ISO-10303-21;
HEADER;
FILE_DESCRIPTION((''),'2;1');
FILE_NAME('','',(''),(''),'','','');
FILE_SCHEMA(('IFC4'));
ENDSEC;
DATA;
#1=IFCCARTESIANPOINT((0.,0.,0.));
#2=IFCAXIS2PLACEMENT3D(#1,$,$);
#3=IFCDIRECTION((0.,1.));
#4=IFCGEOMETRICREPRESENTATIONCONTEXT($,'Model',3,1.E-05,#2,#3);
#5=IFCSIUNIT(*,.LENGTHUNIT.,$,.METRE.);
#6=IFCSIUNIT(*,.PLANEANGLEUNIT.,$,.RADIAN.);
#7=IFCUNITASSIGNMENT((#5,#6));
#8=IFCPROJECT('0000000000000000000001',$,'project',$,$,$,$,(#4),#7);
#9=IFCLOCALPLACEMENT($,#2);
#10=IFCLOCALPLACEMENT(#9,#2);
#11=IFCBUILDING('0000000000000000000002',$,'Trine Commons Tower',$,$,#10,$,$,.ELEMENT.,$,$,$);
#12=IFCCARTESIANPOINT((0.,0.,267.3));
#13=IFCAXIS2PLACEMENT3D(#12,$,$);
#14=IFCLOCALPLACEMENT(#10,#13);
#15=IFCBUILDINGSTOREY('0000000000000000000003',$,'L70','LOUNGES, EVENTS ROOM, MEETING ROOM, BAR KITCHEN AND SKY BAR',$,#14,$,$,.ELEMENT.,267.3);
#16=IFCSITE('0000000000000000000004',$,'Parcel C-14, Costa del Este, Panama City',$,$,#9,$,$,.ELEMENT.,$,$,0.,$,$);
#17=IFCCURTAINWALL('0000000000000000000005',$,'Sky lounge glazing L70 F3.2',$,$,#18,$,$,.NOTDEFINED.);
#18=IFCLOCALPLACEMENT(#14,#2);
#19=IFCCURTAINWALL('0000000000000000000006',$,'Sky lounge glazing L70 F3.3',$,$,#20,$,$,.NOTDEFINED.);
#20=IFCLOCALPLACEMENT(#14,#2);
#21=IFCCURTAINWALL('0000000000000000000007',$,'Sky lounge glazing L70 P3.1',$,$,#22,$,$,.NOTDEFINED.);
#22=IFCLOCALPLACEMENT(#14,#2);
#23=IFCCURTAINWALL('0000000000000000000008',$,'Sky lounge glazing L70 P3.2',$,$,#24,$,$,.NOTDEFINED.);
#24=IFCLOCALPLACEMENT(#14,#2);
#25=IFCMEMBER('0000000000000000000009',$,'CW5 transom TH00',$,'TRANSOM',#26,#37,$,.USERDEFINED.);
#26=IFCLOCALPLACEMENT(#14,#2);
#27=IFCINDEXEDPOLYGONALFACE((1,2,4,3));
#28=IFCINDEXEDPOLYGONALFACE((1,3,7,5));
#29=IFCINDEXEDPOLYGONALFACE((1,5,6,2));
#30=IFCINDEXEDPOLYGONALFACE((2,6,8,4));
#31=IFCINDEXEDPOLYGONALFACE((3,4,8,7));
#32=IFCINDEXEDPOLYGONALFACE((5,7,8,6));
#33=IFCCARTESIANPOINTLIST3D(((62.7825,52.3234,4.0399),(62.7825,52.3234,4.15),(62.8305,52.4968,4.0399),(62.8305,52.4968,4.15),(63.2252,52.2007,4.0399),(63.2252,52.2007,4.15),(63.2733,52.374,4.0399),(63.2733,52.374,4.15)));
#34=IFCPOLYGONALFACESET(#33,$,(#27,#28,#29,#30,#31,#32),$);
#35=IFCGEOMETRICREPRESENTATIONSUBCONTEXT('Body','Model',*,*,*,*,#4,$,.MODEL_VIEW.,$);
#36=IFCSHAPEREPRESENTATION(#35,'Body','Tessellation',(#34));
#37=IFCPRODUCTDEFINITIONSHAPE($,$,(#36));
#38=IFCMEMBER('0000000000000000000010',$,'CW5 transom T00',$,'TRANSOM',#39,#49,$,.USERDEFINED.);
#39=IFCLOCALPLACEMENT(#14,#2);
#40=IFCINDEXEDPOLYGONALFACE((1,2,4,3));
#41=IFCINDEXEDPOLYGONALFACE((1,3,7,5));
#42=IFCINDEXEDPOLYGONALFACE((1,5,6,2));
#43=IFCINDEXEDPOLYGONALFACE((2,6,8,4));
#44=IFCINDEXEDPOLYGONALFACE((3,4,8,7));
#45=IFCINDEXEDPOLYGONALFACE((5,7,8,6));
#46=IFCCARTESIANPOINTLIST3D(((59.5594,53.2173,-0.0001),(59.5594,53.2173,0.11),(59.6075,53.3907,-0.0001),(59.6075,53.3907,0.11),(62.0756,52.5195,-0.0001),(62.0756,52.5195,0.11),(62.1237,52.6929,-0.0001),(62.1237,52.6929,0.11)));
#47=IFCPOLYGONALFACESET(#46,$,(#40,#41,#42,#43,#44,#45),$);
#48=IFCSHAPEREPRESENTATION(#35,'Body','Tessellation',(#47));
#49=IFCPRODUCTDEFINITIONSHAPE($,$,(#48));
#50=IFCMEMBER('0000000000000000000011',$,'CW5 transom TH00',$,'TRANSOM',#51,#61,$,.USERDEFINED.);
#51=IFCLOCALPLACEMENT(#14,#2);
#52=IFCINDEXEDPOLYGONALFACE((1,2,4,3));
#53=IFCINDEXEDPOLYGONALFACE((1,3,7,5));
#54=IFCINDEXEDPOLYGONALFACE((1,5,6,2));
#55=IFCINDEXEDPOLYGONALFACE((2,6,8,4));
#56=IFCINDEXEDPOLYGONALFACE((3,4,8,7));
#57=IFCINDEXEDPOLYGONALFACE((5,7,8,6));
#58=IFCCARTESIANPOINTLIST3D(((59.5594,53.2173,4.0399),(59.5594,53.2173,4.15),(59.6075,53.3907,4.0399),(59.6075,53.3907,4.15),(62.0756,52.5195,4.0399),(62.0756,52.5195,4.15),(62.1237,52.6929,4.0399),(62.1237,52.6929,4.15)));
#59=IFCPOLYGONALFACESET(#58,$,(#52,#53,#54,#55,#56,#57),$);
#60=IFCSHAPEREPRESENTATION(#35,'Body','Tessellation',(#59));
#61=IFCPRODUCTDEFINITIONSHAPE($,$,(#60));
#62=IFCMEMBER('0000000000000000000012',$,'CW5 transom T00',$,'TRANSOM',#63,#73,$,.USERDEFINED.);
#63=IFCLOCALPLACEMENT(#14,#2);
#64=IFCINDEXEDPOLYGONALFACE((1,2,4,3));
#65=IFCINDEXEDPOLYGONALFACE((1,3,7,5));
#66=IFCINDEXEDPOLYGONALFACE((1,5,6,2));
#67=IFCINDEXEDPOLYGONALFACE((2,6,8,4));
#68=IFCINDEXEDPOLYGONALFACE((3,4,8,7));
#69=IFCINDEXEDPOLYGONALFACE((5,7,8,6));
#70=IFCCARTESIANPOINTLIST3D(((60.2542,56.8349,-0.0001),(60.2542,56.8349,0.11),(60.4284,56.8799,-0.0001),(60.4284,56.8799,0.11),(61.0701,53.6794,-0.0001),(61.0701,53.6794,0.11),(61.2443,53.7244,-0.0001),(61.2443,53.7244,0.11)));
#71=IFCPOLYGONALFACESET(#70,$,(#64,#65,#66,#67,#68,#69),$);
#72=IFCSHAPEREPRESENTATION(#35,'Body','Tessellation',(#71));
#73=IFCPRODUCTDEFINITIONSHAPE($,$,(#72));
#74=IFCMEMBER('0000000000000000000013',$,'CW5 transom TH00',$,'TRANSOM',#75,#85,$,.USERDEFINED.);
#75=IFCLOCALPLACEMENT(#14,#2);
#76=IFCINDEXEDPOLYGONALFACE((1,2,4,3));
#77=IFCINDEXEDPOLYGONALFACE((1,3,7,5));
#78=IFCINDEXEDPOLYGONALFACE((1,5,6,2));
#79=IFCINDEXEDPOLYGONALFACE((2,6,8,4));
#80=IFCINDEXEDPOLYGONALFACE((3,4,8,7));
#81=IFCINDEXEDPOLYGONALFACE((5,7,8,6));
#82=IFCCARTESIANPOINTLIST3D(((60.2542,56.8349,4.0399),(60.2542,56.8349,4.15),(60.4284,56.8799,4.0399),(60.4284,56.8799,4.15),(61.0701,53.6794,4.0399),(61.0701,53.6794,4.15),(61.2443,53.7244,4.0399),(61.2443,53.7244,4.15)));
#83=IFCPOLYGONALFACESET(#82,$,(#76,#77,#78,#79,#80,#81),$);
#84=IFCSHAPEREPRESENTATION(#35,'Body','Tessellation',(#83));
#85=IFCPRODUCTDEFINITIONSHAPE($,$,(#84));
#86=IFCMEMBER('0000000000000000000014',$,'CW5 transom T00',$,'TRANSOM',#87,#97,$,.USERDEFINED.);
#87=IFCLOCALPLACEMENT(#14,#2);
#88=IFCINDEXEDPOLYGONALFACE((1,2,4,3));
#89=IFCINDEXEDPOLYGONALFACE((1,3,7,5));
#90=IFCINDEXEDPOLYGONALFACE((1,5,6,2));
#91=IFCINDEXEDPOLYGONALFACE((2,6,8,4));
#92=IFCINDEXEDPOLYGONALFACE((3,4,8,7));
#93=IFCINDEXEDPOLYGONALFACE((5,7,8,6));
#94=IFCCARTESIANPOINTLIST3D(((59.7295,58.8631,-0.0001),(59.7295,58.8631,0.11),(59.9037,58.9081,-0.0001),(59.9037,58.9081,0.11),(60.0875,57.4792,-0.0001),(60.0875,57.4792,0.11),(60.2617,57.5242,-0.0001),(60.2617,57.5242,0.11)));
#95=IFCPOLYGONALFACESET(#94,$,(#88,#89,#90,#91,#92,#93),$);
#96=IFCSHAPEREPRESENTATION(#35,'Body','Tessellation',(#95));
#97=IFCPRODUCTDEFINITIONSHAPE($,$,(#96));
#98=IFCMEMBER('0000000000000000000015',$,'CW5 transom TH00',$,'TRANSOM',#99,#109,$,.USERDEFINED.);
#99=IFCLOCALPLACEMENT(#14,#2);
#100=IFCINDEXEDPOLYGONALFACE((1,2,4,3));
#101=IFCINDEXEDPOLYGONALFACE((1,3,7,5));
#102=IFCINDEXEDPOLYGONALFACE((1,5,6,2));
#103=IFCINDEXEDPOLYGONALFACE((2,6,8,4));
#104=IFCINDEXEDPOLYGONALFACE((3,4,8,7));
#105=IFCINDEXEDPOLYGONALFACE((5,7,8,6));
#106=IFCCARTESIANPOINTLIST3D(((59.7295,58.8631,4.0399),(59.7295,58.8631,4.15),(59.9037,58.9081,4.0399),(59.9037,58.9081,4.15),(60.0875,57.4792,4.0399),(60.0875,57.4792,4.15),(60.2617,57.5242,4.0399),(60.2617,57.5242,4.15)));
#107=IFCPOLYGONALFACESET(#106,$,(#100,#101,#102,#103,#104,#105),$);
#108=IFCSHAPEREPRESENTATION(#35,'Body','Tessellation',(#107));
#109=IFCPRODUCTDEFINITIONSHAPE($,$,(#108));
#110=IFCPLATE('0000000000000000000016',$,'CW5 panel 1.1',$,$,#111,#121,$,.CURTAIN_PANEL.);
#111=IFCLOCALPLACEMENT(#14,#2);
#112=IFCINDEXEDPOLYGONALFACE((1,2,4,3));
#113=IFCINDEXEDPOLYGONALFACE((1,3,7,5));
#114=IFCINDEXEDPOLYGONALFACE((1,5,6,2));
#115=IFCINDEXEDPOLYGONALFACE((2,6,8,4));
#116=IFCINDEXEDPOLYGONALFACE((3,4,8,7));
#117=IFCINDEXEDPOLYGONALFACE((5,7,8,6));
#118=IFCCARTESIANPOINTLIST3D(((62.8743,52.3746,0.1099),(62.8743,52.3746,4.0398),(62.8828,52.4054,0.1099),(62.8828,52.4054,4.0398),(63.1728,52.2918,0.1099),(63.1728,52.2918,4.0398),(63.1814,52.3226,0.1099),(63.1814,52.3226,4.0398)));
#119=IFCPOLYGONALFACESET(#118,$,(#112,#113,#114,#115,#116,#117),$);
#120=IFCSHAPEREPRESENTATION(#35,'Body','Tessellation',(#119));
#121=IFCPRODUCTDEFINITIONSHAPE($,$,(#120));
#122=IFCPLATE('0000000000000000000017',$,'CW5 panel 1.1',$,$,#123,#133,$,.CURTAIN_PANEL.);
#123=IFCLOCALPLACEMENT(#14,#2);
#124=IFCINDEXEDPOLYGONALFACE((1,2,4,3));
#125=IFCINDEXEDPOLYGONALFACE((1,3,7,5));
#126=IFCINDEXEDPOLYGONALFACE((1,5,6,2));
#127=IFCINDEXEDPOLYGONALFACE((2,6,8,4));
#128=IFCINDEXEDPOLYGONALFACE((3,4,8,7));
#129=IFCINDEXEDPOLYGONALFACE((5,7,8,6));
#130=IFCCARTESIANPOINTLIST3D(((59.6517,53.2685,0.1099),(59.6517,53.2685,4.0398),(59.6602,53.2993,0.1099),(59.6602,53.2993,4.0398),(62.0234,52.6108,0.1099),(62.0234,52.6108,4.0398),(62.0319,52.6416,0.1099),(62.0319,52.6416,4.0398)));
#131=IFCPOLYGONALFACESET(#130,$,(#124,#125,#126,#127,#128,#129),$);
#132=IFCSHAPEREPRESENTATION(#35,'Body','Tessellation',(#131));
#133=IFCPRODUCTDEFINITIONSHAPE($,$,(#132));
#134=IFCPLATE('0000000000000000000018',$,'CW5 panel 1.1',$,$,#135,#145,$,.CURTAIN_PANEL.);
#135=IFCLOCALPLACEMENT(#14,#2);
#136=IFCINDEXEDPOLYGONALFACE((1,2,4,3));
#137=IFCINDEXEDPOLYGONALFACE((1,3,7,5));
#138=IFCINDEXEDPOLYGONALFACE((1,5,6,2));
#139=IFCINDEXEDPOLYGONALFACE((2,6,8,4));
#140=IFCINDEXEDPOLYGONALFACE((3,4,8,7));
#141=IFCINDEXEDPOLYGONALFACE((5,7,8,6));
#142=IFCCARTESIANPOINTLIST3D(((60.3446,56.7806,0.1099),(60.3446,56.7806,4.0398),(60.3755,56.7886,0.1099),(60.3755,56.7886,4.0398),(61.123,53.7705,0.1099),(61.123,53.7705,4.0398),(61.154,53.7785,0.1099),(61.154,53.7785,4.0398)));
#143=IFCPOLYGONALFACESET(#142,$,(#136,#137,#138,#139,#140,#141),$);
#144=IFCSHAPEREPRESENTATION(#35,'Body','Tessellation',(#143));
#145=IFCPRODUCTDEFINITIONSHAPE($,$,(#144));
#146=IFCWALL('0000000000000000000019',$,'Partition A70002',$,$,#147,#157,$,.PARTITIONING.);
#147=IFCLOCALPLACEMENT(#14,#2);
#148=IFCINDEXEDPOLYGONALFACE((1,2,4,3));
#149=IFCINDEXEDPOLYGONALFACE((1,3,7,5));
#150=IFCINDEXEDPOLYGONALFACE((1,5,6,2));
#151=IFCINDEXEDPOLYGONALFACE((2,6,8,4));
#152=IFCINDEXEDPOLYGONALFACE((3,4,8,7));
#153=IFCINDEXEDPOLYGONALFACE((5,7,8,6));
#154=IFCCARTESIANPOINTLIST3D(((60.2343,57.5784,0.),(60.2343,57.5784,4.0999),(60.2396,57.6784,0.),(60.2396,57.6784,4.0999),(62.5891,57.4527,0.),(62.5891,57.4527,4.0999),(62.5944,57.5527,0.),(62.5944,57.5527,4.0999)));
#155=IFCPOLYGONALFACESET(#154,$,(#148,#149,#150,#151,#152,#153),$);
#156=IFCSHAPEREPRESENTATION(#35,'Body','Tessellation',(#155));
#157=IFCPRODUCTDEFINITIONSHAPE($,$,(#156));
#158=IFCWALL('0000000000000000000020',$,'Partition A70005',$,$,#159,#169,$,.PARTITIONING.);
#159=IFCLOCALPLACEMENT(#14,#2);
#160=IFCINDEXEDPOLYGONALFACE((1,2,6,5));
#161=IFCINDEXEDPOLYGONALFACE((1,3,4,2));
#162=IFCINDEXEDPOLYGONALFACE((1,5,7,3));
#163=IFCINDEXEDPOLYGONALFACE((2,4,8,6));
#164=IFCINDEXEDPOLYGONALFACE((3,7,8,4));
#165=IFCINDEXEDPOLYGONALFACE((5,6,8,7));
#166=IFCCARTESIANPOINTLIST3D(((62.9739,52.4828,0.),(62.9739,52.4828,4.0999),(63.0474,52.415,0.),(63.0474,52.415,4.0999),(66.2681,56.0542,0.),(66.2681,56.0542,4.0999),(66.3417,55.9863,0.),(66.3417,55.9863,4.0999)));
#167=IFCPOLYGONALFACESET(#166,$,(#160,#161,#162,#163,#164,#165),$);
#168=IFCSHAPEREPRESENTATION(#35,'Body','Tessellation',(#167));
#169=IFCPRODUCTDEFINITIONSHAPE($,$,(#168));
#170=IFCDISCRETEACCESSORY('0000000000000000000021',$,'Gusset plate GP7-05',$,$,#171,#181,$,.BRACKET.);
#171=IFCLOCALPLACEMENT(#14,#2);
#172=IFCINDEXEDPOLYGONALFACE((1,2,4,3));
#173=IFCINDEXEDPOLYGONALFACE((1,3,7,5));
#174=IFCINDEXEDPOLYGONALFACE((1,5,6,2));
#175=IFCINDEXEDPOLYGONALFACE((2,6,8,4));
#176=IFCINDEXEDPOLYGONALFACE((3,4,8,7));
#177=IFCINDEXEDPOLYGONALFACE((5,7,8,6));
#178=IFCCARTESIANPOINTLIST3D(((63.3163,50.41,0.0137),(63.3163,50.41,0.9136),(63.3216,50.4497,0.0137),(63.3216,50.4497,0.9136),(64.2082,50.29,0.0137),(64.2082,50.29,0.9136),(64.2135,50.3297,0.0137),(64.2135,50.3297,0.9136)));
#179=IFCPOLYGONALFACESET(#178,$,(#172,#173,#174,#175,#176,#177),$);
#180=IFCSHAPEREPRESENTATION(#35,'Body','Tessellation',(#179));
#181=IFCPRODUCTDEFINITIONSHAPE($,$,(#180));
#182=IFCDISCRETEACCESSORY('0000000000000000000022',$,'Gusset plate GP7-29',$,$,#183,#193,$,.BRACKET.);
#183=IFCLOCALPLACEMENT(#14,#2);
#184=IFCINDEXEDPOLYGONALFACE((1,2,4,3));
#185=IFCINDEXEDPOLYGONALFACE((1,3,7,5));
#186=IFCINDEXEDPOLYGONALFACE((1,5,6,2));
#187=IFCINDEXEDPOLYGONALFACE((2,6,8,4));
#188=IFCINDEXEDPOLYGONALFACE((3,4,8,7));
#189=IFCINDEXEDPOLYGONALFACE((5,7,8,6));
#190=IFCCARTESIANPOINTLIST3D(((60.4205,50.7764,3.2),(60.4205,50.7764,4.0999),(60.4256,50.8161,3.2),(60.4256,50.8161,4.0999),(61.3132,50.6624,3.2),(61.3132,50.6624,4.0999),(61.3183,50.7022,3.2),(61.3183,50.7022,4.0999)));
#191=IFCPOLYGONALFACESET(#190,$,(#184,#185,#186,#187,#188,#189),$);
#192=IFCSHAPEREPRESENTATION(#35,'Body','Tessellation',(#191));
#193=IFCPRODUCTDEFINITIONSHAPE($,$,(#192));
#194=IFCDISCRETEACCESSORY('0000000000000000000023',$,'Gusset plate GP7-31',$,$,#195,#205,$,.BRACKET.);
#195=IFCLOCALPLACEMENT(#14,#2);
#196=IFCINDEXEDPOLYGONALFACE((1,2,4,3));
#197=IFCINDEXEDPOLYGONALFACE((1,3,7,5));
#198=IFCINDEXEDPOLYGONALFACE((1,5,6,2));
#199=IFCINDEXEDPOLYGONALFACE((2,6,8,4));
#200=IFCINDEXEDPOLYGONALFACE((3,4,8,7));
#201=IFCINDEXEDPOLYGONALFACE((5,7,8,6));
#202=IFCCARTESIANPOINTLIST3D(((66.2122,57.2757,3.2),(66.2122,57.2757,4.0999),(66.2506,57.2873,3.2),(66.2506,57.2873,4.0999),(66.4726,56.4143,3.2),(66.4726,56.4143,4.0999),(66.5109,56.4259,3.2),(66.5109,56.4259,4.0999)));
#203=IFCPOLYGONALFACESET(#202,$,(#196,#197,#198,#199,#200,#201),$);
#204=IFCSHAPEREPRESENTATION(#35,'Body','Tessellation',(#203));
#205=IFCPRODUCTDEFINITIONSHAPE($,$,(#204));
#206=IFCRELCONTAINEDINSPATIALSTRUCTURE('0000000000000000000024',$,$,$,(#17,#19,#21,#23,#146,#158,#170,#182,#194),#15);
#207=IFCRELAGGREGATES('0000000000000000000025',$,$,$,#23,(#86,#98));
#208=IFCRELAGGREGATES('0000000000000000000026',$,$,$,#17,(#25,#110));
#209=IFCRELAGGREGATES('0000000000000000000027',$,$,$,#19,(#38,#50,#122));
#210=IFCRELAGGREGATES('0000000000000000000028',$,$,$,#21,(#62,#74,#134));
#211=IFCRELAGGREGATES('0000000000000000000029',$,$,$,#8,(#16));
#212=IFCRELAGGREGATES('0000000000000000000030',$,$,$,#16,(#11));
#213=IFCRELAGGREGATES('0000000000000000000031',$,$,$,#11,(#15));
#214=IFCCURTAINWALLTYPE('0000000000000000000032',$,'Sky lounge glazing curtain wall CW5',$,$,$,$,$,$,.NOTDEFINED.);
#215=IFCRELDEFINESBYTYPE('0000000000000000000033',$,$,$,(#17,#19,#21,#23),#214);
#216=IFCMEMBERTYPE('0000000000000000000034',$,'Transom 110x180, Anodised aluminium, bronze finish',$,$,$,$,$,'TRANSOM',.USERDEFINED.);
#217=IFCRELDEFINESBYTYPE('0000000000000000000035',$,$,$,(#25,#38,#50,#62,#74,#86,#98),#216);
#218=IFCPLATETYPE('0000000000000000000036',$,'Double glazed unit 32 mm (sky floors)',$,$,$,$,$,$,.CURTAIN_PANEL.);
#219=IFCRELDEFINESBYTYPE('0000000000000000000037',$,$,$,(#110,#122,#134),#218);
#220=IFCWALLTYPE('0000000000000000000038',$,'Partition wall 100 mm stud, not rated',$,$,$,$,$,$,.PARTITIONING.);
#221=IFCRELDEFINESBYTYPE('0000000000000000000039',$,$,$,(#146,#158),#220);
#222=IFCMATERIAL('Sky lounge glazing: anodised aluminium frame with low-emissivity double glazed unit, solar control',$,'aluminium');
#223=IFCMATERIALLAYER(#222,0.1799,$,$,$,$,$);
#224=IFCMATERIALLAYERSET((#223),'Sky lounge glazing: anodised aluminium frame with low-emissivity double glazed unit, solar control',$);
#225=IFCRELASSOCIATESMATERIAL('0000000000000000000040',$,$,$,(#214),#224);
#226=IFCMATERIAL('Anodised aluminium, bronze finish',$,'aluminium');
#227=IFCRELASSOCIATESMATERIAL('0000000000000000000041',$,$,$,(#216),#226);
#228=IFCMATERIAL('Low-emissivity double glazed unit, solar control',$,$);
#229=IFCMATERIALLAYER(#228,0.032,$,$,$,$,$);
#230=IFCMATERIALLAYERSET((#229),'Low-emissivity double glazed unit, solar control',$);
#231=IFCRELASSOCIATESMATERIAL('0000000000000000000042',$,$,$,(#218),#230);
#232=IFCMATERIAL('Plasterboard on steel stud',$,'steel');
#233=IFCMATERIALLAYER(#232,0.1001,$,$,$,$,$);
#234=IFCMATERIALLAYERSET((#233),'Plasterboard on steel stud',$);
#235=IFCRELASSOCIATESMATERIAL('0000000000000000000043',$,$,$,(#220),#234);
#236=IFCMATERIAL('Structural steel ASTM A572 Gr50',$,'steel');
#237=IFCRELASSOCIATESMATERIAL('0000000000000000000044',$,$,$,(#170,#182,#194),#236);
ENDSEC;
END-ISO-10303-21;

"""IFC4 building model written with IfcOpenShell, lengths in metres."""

from ifc_helpers import new_model, si_unit, direction, frame, frame_2d, origin, origin_2d, place, context, subcontext, project, spatial, rectangle, extrude, material, layer, layer_set, material_profile, profile_set, type_object, element, aggregate, save


model = new_model("IFC4")

# Units and contexts
model_context = context("Model", 3, precision=1e-05, world=origin(), true_north=direction((0.0, 1.0)))
body_context = subcontext(model_context, "Body", "Model", "MODEL_VIEW")
ifc_project = project(units=[si_unit("LENGTHUNIT", "METRE"), si_unit("PLANEANGLEUNIT", "RADIAN")], contexts=[model_context])

# Site, building, storey
site_placement = place(None, origin())
site = spatial("IfcSite", under=ifc_project, at=site_placement, Name="Parcel C-14, Costa del Este, Panama City", CompositionType="ELEMENT", RefElevation=0.0)
building_placement = place(site_placement, origin())
building = spatial("IfcBuilding", under=site, at=building_placement, Name="Trine Commons Tower", CompositionType="ELEMENT")
storey_placement = place(building_placement, frame((0.0, 0.0, 267.3)))
storey = spatial("IfcBuildingStorey", under=building, at=storey_placement, Name="L70", Description="LOUNGES, EVENTS ROOM, MEETING ROOM, BAR KITCHEN AND SKY BAR", CompositionType="ELEMENT", Elevation=267.3)

# Curtain walls
ifc_material_1 = material(Name="Sky lounge glazing: anodised aluminium frame with low-emissivity double glazed unit, solar control", Category="aluminium")
ifc_layer_1 = layer(ifc_material_1, 0.1799)
ifc_layer_set_1 = layer_set([ifc_layer_1], Name="Sky lounge glazing: anodised aluminium frame with low-emissivity double glazed unit, solar control")
curtain_wall_type = type_object("IfcCurtainWallType", Name="Sky lounge glazing curtain wall CW5", PredefinedType="NOTDEFINED", material=ifc_layer_set_1)
curtain_wall_1_placement = place(storey_placement, origin())
curtain_wall_1 = element("IfcCurtainWall", 1, at=curtain_wall_1_placement, inside=storey, type_object=curtain_wall_type, Name="Sky lounge glazing L70 F3.2", PredefinedType="NOTDEFINED")
ifc_material_2 = material(Name="Anodised aluminium, bronze finish", Category="aluminium")
curtain_wall_2_placement = place(storey_placement, origin())
curtain_wall_2 = element("IfcCurtainWall", 2, at=curtain_wall_2_placement, inside=storey, type_object=curtain_wall_type, Name="Sky lounge glazing L70 F3.3", PredefinedType="NOTDEFINED")
curtain_wall_3_placement = place(storey_placement, origin())
curtain_wall_3 = element("IfcCurtainWall", 3, at=curtain_wall_3_placement, inside=storey, type_object=curtain_wall_type, Name="Sky lounge glazing L70 P3.1", PredefinedType="NOTDEFINED")

# Curtain wall
curtain_wall_4_placement = place(storey_placement, origin())
curtain_wall_4 = element("IfcCurtainWall", 4, at=curtain_wall_4_placement, inside=storey, type_object=curtain_wall_type, Name="Sky lounge glazing L70 P3.2", PredefinedType="NOTDEFINED")

# Members
ifc_material_profile_1 = material_profile(ifc_material_2, rectangle(XDim=0.1799, YDim=0.1101, at=origin_2d()), Name="Transom 110x180")
ifc_profile_set_1 = profile_set([ifc_material_profile_1], Name="Anodised aluminium, bronze finish")
member_type_1 = type_object("IfcMemberType", Name="Transom 110x180, Anodised aluminium, bronze finish", ElementType="TRANSOM", PredefinedType="USERDEFINED", material=ifc_profile_set_1)
member_1_placement = place(storey_placement, frame((63.2493, 52.2874, 4.095), z_axis=(-0.96364, 0.267205, 0.0), x_axis=(-0.267205, -0.96364, 0.0)))
member_1 = element("IfcMember", 5, at=member_1_placement, type_object=member_type_1, Name="CW5 transom TH00", ObjectType="TRANSOM", PredefinedType="USERDEFINED", context=body_context, shape_type="SweptSolid", body=[
    extrude(rectangle(XDim=0.1799, YDim=0.1101, at=origin_2d()), origin(), (0.0, 0.0, 1.0), 0.4595),
])
member_2_placement = place(storey_placement, frame((62.0996, 52.6062, 0.0549), z_axis=(-0.963633, 0.267229, 0.0), x_axis=(-0.267229, -0.963633, 0.0)))
member_2 = element("IfcMember", 6, at=member_2_placement, type_object=member_type_1, Name="CW5 transom T00", ObjectType="TRANSOM", PredefinedType="USERDEFINED", context=body_context, shape_type="SweptSolid", body=[
    extrude(rectangle(XDim=0.1799, YDim=0.1101, at=origin_2d()), origin(), (0.0, 0.0, 1.0), 2.6111),
])
member_3_placement = place(storey_placement, frame((62.0996, 52.6062, 4.095), z_axis=(-0.963633, 0.267229, 0.0), x_axis=(-0.267229, -0.963633, 0.0)))
member_3 = element("IfcMember", 7, at=member_3_placement, type_object=member_type_1, Name="CW5 transom TH00", ObjectType="TRANSOM", PredefinedType="USERDEFINED", context=body_context, shape_type="SweptSolid", body=[
    extrude(rectangle(XDim=0.1799, YDim=0.1101, at=origin_2d()), origin(), (0.0, 0.0, 1.0), 2.6111),
])
member_4_placement = place(storey_placement, frame((61.1572, 53.7019, 0.0549), z_axis=(-0.250336, 0.968159, 0.0), x_axis=(-0.968159, -0.250336, 0.0)))
member_4 = element("IfcMember", 8, at=member_4_placement, type_object=member_type_1, Name="CW5 transom T00", ObjectType="TRANSOM", PredefinedType="USERDEFINED", context=body_context, shape_type="SweptSolid", body=[
    extrude(rectangle(XDim=0.1799, YDim=0.1101, at=origin_2d()), origin(), (0.0, 0.0, 1.0), 3.2593),
])
member_5_placement = place(storey_placement, frame((61.1572, 53.7019, 4.095), z_axis=(-0.250336, 0.968159, 0.0), x_axis=(-0.968159, -0.250336, 0.0)))
member_5 = element("IfcMember", 9, at=member_5_placement, type_object=member_type_1, Name="CW5 transom TH00", ObjectType="TRANSOM", PredefinedType="USERDEFINED", context=body_context, shape_type="SweptSolid", body=[
    extrude(rectangle(XDim=0.1799, YDim=0.1101, at=origin_2d()), origin(), (0.0, 0.0, 1.0), 3.2593),
])
member_6_placement = place(storey_placement, frame((60.1746, 57.5017, 0.0549), z_axis=(-0.250405, 0.968141, 0.0), x_axis=(-0.968141, -0.250405, 0.0)))
member_6 = element("IfcMember", 10, at=member_6_placement, type_object=member_type_1, Name="CW5 transom T00", ObjectType="TRANSOM", PredefinedType="USERDEFINED", context=body_context, shape_type="SweptSolid", body=[
    extrude(rectangle(XDim=0.1799, YDim=0.1101, at=origin_2d()), origin(), (0.0, 0.0, 1.0), 1.4294),
])
member_7_placement = place(storey_placement, frame((60.1746, 57.5017, 4.095), z_axis=(-0.250405, 0.968141, 0.0), x_axis=(-0.968141, -0.250405, 0.0)))
member_7 = element("IfcMember", 11, at=member_7_placement, type_object=member_type_1, Name="CW5 transom TH00", ObjectType="TRANSOM", PredefinedType="USERDEFINED", context=body_context, shape_type="SweptSolid", body=[
    extrude(rectangle(XDim=0.1799, YDim=0.1101, at=origin_2d()), origin(), (0.0, 0.0, 1.0), 1.4294),
])
aggregate(curtain_wall_4, [member_6, member_7])

# Plates
ifc_material_3 = material(Name="Low-emissivity double glazed unit, solar control")
ifc_layer_2 = layer(ifc_material_3, 0.032)
ifc_layer_set_2 = layer_set([ifc_layer_2], Name="Low-emissivity double glazed unit, solar control")
plate_type = type_object("IfcPlateType", Name="Double glazed unit 32 mm (sky floors)", PredefinedType="CURTAIN_PANEL", material=ifc_layer_set_2)
plate_1_placement = place(storey_placement, frame((63.0278, 52.3486, 0.1099), z_axis=(0.0, 0.0, 1.0), x_axis=(-0.96363, 0.267238, 0.0)))
plate_1 = element("IfcPlate", 12, at=plate_1_placement, type_object=plate_type, Name="CW5 panel 1.1", PredefinedType="CURTAIN_PANEL", context=body_context, shape_type="SweptSolid", body=[
    extrude(rectangle(XDim=0.3098, YDim=0.032, at=origin_2d()), origin(), (0.0, 0.0, 1.0), 3.9299),
])
aggregate(curtain_wall_1, [member_1, plate_1])
plate_2_placement = place(storey_placement, frame((60.8418, 52.9551, 0.1099), z_axis=(0.0, 0.0, 1.0), x_axis=(-0.96363, 0.267238, 0.0)))
plate_2 = element("IfcPlate", 13, at=plate_2_placement, type_object=plate_type, Name="CW5 panel 1.1", PredefinedType="CURTAIN_PANEL", context=body_context, shape_type="SweptSolid", body=[
    extrude(rectangle(XDim=2.4612, YDim=0.032, at=origin_2d()), origin(), (0.0, 0.0, 1.0), 3.9299),
])
aggregate(curtain_wall_2, [member_2, member_3, plate_2])
plate_3_placement = place(storey_placement, frame((60.7493, 55.2795, 0.1099), z_axis=(0.0, 0.0, 1.0), x_axis=(-0.25038, 0.968148, 0.0)))
plate_3 = element("IfcPlate", 14, at=plate_3_placement, type_object=plate_type, Name="CW5 panel 1.1", PredefinedType="CURTAIN_PANEL", context=body_context, shape_type="SweptSolid", body=[
    extrude(rectangle(XDim=3.1091, YDim=0.032, at=origin_2d()), origin(), (0.0, 0.0, 1.0), 3.9299),
])
aggregate(curtain_wall_3, [member_4, member_5, plate_3])

# Walls
ifc_material_4 = material(Name="Plasterboard on steel stud", Category="steel")
ifc_layer_3 = layer(ifc_material_4, 0.1001)
ifc_layer_set_3 = layer_set([ifc_layer_3], Name="Plasterboard on steel stud")
wall_type_1 = type_object("IfcWallType", Name="Partition wall 100 mm stud, not rated", PredefinedType="PARTITIONING", material=ifc_layer_set_3)
wall_1_placement = place(storey_placement, frame((60.2368, 57.6284, 0.0), z_axis=(0.0, 0.0, 1.0), x_axis=(0.998577, -0.05332, 0.0)))
element("IfcWall", 15, at=wall_1_placement, inside=storey, type_object=wall_type_1, Name="Partition A70002", PredefinedType="PARTITIONING", context=body_context, shape_type="SweptSolid", body=[
    extrude(rectangle(XDim=2.3582, YDim=0.1001, at=frame_2d((1.1792, 0.0))), origin(), (0.0, 0.0, 1.0), 4.0999),
])
wall_2_placement = place(storey_placement, frame((63.0107, 52.449, 0.0), z_axis=(0.0, 0.0, 1.0), x_axis=(0.678015, 0.735048, 0.0)))
element("IfcWall", 16, at=wall_2_placement, inside=storey, type_object=wall_type_1, Name="Partition A70005", PredefinedType="PARTITIONING", context=body_context, shape_type="SweptSolid", body=[
    extrude(rectangle(XDim=4.8586, YDim=0.1001, at=frame_2d((2.4292, 0.0))), origin(), (0.0, 0.0, 1.0), 4.0999),
])

# Discrete accessories
ifc_material_5 = material(Name="Structural steel ASTM A572 Gr50", Category="steel")
for number, where, z_axis, x_axis, name in (
    (17, (63.7649, 50.3699, 0.0137), (0.0, 0.0, 1.0), (0.99107, -0.133346, 0.0), "Gusset plate GP7-05"),
    (18, (60.8694, 50.7393, 3.2), (0.0, 0.0, 1.0), (-0.991954, 0.126597, 0.0), "Gusset plate GP7-29"),
    (19, (66.3616, 56.8508, 3.2), (0.0, 0.0, 1.0), (0.289333, -0.957229, 0.0), "Gusset plate GP7-31"),
):
    element("IfcDiscreteAccessory", number, at=place(storey_placement, frame(where, z_axis=z_axis, x_axis=x_axis)), inside=storey, material=ifc_material_5, Name=name, PredefinedType="BRACKET", context=body_context, shape_type="SweptSolid", body=[
        extrude(rectangle(XDim=0.8999, YDim=0.04, at=origin_2d()), origin(), (0.0, 0.0, 1.0), 0.8999),
    ])

save(model, "model.ifc")
